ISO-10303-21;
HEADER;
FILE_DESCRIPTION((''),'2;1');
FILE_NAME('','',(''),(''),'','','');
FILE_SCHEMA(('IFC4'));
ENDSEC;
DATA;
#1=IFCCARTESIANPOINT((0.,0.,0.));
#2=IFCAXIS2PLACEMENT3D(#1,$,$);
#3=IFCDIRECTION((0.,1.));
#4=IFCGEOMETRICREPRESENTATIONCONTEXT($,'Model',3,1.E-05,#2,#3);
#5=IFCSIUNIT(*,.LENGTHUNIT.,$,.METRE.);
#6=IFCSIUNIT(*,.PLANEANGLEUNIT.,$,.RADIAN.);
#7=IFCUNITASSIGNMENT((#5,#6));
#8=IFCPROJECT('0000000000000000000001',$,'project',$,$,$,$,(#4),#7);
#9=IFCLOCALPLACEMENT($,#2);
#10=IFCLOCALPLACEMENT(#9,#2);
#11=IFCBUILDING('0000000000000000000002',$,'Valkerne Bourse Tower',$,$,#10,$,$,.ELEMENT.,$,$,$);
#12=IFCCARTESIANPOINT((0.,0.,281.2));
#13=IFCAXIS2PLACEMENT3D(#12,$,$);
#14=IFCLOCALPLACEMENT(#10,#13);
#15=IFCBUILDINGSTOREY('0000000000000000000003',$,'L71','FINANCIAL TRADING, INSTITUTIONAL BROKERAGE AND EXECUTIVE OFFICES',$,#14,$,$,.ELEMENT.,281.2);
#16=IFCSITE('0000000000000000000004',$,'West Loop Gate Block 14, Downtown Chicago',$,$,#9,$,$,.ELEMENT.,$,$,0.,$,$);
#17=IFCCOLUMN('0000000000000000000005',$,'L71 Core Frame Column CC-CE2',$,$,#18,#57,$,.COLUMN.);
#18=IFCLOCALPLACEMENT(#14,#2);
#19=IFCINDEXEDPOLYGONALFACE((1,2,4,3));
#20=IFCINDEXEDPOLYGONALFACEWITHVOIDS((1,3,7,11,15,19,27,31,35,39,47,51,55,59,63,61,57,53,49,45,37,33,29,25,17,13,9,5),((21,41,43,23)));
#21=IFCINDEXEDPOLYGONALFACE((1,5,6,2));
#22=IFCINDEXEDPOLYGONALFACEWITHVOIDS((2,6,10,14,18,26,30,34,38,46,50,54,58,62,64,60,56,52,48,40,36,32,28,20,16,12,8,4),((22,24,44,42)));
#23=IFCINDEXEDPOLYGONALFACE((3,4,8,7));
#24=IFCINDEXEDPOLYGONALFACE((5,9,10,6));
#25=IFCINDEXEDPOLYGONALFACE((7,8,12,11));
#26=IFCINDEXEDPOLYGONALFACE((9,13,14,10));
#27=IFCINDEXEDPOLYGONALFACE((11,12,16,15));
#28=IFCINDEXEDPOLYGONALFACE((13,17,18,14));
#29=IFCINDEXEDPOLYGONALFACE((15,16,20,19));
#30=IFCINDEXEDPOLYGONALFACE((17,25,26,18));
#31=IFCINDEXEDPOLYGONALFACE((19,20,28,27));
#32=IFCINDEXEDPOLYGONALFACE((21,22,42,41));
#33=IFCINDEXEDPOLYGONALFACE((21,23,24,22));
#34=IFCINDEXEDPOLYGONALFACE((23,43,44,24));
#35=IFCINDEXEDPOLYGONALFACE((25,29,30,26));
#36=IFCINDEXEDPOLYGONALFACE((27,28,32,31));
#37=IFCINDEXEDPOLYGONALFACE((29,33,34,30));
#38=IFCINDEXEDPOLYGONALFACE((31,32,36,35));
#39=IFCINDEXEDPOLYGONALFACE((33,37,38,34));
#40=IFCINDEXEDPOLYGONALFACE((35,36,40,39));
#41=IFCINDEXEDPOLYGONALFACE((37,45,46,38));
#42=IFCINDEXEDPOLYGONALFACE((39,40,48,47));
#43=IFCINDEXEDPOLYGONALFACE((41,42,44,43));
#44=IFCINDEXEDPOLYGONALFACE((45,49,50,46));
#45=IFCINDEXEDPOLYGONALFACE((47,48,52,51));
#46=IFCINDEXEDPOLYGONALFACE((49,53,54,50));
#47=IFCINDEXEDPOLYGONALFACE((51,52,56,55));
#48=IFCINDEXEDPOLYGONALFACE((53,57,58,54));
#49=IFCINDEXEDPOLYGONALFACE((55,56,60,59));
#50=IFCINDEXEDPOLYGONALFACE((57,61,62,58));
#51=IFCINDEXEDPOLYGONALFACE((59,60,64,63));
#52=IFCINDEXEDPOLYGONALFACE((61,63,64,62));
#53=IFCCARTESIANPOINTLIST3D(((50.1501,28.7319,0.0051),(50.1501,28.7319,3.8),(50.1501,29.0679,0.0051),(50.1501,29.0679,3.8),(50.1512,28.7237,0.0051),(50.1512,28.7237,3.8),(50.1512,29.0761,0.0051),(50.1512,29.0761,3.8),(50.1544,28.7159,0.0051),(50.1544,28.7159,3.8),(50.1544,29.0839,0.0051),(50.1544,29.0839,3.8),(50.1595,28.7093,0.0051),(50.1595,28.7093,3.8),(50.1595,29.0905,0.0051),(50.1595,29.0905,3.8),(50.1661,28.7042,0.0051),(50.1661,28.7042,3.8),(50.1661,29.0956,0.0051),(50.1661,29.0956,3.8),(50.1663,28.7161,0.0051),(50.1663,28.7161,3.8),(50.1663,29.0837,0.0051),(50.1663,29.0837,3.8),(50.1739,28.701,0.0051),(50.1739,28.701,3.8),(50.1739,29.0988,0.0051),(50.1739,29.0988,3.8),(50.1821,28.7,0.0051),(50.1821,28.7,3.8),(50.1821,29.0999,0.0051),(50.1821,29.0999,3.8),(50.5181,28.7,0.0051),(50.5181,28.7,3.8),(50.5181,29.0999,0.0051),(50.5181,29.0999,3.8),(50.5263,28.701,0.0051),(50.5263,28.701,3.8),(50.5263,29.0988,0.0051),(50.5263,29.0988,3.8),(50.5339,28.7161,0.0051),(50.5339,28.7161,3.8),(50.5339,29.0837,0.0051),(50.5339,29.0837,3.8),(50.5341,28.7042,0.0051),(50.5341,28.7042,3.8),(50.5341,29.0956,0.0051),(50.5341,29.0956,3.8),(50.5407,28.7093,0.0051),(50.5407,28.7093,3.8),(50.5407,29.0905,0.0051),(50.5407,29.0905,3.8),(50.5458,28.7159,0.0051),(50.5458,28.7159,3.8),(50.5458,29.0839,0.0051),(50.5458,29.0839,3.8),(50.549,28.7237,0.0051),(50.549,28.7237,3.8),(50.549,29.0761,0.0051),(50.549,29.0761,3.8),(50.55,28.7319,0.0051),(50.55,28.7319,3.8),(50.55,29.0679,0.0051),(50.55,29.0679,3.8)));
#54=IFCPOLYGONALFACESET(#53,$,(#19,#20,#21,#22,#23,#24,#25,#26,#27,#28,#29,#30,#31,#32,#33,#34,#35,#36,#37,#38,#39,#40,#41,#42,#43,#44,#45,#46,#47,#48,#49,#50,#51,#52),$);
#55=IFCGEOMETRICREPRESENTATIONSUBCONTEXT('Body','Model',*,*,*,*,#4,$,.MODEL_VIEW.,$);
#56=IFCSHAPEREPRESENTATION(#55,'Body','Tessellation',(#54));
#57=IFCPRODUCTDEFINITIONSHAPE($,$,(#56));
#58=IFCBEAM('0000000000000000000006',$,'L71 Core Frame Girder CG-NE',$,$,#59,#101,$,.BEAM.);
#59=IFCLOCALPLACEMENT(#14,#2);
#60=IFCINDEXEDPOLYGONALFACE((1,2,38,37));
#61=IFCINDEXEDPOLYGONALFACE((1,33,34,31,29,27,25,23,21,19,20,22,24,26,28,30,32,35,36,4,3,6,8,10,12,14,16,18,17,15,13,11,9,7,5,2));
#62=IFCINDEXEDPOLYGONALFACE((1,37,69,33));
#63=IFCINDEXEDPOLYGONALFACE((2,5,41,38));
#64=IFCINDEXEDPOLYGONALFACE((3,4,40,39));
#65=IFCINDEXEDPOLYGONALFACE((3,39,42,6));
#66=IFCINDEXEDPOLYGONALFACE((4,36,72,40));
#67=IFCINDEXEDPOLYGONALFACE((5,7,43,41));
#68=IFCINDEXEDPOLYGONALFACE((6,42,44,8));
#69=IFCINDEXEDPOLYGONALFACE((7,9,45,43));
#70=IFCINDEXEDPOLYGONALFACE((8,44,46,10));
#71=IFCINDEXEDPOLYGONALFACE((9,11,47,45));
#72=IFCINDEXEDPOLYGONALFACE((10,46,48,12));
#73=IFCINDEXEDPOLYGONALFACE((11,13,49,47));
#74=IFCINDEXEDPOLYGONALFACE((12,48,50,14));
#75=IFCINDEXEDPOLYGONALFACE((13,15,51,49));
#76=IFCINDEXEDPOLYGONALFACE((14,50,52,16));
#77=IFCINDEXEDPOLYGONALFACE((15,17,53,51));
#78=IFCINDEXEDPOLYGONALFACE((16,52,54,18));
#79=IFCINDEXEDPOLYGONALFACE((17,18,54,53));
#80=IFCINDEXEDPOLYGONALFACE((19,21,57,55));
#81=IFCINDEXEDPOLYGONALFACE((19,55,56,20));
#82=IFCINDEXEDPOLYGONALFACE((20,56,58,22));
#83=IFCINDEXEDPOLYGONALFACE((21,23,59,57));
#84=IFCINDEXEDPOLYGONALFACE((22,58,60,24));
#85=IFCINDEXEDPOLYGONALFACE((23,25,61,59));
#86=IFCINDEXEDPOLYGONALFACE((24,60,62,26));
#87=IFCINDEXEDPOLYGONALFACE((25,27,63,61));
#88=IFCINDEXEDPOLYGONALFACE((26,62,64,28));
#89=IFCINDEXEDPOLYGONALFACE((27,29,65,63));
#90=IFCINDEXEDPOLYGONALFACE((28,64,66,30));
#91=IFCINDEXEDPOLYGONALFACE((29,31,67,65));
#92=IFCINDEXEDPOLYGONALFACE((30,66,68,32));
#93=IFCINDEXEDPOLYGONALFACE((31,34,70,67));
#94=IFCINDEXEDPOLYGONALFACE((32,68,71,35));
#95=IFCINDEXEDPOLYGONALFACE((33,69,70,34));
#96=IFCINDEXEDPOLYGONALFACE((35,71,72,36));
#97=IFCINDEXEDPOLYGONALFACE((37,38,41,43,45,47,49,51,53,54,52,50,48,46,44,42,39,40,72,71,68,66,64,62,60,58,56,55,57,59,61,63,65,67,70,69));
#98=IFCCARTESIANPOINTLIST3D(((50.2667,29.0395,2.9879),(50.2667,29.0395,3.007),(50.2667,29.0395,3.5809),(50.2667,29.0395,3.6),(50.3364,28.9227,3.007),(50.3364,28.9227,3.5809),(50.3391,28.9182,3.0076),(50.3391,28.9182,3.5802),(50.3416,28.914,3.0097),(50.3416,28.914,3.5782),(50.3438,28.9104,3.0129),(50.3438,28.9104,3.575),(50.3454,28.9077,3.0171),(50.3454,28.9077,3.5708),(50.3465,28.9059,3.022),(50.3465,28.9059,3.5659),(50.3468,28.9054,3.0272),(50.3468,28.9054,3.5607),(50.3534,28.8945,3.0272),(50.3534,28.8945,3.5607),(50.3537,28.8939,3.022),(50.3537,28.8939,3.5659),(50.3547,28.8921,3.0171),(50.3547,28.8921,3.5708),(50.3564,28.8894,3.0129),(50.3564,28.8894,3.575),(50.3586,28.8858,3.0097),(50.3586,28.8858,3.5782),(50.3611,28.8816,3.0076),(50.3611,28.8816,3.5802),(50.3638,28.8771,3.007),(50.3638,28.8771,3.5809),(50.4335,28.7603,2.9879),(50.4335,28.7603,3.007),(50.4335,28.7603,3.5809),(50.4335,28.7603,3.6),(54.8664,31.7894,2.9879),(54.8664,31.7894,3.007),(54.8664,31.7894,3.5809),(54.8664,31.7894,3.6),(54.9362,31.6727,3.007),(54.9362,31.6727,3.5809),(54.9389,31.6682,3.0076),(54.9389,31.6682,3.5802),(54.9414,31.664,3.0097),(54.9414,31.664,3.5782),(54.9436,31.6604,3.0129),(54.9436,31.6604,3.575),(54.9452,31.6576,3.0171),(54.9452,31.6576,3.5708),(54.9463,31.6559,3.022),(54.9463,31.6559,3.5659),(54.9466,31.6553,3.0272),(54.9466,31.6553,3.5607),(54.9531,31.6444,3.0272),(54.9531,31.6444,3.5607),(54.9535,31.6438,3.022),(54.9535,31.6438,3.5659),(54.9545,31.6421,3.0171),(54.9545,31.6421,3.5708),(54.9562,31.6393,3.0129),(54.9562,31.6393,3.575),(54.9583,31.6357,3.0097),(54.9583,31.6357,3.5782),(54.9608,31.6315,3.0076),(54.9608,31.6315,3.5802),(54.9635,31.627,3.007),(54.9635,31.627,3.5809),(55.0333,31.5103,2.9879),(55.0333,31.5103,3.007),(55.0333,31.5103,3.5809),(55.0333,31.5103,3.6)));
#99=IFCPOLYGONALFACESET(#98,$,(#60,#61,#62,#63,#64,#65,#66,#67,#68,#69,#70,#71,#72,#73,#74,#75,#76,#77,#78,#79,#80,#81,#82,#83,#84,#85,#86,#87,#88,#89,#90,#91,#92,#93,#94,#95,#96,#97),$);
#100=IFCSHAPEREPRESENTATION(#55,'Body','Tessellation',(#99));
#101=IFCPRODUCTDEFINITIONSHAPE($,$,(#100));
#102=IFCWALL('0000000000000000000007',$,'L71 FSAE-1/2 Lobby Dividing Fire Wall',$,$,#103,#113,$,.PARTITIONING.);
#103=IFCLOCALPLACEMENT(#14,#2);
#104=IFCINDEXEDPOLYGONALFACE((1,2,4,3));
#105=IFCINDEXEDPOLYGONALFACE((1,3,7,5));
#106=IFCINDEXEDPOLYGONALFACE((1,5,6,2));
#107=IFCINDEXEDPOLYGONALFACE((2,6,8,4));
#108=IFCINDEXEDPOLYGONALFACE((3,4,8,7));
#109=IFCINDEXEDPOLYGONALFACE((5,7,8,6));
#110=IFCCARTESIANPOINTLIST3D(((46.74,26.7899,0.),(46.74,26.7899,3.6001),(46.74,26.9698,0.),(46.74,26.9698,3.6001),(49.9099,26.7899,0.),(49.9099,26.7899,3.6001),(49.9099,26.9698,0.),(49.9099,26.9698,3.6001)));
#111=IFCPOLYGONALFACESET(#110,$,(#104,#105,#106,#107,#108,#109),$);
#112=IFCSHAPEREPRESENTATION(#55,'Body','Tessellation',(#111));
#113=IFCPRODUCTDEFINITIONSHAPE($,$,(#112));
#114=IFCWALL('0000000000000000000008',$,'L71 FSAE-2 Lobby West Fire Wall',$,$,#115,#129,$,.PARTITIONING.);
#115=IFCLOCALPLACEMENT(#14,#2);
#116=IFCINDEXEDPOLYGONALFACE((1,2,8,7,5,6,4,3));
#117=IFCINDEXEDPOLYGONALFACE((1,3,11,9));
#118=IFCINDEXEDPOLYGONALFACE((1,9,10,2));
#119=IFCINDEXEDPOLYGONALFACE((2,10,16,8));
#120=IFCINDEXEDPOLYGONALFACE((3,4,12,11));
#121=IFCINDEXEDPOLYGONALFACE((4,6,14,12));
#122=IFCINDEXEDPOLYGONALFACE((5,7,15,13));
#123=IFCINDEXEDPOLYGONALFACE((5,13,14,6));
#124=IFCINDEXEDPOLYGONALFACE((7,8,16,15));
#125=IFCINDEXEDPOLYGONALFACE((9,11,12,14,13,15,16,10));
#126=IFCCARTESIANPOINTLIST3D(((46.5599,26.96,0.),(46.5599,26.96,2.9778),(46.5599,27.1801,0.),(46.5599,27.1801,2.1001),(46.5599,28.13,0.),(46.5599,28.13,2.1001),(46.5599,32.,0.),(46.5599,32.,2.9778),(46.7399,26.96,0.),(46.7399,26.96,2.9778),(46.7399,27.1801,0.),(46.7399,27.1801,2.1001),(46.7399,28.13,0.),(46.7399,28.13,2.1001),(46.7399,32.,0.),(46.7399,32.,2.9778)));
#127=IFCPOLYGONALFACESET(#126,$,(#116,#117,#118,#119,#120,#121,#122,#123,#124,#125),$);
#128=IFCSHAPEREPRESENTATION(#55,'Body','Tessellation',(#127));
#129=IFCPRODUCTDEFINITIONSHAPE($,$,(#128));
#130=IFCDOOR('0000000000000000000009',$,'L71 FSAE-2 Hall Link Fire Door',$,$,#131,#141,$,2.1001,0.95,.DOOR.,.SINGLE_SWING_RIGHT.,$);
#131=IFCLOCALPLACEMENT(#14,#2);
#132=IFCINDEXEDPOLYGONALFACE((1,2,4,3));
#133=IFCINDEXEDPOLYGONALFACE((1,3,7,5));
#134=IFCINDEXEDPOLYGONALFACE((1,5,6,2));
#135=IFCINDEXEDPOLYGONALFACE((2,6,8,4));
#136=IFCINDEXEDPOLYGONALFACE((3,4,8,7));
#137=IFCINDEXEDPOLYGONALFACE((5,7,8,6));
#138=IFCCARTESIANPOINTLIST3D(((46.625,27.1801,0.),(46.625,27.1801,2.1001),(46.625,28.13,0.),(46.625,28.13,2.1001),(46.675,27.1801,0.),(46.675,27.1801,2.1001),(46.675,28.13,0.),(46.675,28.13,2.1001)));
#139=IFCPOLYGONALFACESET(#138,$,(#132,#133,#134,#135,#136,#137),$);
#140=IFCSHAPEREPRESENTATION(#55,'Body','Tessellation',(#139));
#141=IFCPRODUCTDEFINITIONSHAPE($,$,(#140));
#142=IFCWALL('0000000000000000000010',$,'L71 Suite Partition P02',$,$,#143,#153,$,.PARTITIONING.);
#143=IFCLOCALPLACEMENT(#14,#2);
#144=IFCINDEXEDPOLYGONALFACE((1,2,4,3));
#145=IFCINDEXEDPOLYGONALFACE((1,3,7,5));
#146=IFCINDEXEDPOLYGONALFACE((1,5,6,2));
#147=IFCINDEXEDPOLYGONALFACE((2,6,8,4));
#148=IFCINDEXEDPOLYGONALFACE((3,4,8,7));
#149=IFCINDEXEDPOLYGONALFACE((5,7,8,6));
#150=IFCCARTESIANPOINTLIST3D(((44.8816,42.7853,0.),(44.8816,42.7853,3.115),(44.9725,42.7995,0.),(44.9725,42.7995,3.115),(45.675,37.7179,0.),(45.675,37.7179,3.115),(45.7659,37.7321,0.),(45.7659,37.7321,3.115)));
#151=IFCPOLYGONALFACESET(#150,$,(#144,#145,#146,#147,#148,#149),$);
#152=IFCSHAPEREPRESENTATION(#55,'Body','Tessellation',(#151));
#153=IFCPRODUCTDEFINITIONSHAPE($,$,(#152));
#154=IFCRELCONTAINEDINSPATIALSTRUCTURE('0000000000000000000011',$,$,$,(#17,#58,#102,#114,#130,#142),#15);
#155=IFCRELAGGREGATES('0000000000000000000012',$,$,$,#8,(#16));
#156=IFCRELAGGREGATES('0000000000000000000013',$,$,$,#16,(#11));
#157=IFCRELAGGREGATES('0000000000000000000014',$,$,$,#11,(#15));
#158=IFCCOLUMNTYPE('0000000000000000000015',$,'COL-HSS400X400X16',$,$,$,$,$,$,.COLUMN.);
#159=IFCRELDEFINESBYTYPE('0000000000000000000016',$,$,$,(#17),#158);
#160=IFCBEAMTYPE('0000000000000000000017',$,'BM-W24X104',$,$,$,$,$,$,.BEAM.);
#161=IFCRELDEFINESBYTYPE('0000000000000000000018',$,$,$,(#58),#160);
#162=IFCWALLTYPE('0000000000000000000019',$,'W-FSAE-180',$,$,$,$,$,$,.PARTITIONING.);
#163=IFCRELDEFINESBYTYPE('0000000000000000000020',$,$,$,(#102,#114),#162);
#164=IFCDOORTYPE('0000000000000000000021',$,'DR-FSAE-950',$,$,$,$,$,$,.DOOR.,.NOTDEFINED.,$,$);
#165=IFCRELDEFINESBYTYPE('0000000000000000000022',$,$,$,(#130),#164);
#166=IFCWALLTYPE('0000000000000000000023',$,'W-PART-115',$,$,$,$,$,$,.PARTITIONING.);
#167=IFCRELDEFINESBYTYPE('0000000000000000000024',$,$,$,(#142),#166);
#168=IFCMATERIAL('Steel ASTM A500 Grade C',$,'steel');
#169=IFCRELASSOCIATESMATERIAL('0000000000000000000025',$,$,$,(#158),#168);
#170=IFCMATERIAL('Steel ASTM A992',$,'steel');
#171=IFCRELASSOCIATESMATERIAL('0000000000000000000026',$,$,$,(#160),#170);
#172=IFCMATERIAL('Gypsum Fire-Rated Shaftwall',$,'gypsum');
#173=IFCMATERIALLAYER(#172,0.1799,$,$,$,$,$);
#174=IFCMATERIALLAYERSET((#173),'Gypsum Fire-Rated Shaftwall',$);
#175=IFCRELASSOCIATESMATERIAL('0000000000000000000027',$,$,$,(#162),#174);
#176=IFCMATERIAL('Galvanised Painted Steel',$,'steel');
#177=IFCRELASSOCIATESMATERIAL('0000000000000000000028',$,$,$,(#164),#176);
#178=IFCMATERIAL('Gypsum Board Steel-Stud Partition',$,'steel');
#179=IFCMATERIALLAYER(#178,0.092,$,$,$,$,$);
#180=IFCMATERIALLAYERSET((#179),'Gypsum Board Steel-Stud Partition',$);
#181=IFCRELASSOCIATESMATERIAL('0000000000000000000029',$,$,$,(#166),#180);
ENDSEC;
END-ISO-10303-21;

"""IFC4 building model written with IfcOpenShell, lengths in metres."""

from ifc_helpers import new_model, si_unit, direction, frame, frame_2d, origin, origin_2d, place, context, subcontext, project, spatial, rectangle, hollow_rectangle, i_section, extrude, material, layer, layer_set, material_profile, profile_set, type_object, element, fill, save


model = new_model("IFC4")

# Units and contexts
model_context = context("Model", 3, precision=1e-05, world=origin(), true_north=direction((0.0, 1.0)))
body_context = subcontext(model_context, "Body", "Model", "MODEL_VIEW")
ifc_project = project(units=[si_unit("LENGTHUNIT", "METRE"), si_unit("PLANEANGLEUNIT", "RADIAN")], contexts=[model_context])

# Site, building, storey
site_placement = place(None, origin())
site = spatial("IfcSite", under=ifc_project, at=site_placement, Name="West Loop Gate Block 14, Downtown Chicago", CompositionType="ELEMENT", RefElevation=0.0)
building_placement = place(site_placement, origin())
building = spatial("IfcBuilding", under=site, at=building_placement, Name="Valkerne Bourse Tower", CompositionType="ELEMENT")
storey_placement = place(building_placement, frame((0.0, 0.0, 281.2)))
storey = spatial("IfcBuildingStorey", under=building, at=storey_placement, Name="L71", Description="FINANCIAL TRADING, INSTITUTIONAL BROKERAGE AND EXECUTIVE OFFICES", CompositionType="ELEMENT", Elevation=281.2)

# Column
ifc_material_1 = material(Name="Steel ASTM A500 Grade C", Category="steel")
ifc_material_profile_1 = material_profile(ifc_material_1, hollow_rectangle(XDim=0.3999, YDim=0.3999, WallThickness=0.0161, OuterFilletRadius=0.032, at=origin_2d()), Name="HSS400X400X16")
ifc_profile_set_1 = profile_set([ifc_material_profile_1], Name="Steel ASTM A500 Grade C")
column_type = type_object("IfcColumnType", Name="COL-HSS400X400X16", PredefinedType="COLUMN", material=ifc_profile_set_1)
column_placement = place(storey_placement, frame((50.3501, 28.8999, 0.0051), z_axis=(0.0, 0.0, 1.0), x_axis=(1.0, 0.0, 0.0)))
element("IfcColumn", 1, at=column_placement, inside=storey, type_object=column_type, Name="L71 Core Frame Column CC-CE2", PredefinedType="COLUMN", context=body_context, shape_type="SweptSolid", body=[
    extrude(hollow_rectangle(XDim=0.3999, YDim=0.3999, WallThickness=0.0161, OuterFilletRadius=0.032, at=origin_2d()), origin(), (0.0, 0.0, 1.0), 3.7949),
])

# Beam
ifc_material_2 = material(Name="Steel ASTM A992", Category="steel")
ifc_material_profile_2 = material_profile(ifc_material_2, i_section(OverallWidth=0.3252, OverallDepth=0.6121, WebThickness=0.0127, FlangeThickness=0.019, FilletRadius=0.0203, at=origin_2d()), Name="W24X104")
ifc_profile_set_2 = profile_set([ifc_material_profile_2], Name="Steel ASTM A992")
beam_type = type_object("IfcBeamType", Name="BM-W24X104", PredefinedType="BEAM", material=ifc_profile_set_2)
beam_placement = place(storey_placement, frame((50.3501, 28.8999, 3.2939), z_axis=(0.858308, 0.513135, 0.0), x_axis=(-0.513135, 0.858308, 0.0)))
element("IfcBeam", 2, at=beam_placement, inside=storey, type_object=beam_type, Name="L71 Core Frame Girder CG-NE", PredefinedType="BEAM", context=body_context, shape_type="SweptSolid", body=[
    extrude(i_section(OverallWidth=0.3252, OverallDepth=0.6121, WebThickness=0.0127, FlangeThickness=0.019, FilletRadius=0.0203, at=origin_2d()), origin(), (0.0, 0.0, 1.0), 5.3591),
])

# Wall
ifc_material_3 = material(Name="Gypsum Fire-Rated Shaftwall", Category="gypsum")
ifc_layer_1 = layer(ifc_material_3, 0.1799)
ifc_layer_set_1 = layer_set([ifc_layer_1], Name="Gypsum Fire-Rated Shaftwall")
wall_type_1 = type_object("IfcWallType", Name="W-FSAE-180", PredefinedType="PARTITIONING", material=ifc_layer_set_1)
wall_1_placement = place(storey_placement, frame((46.74, 26.8799, 0.0), z_axis=(0.0, 0.0, 1.0), x_axis=(1.0, 0.0, 0.0)))
element("IfcWall", 3, at=wall_1_placement, inside=storey, type_object=wall_type_1, Name="L71 FSAE-1/2 Lobby Dividing Fire Wall", PredefinedType="PARTITIONING", context=body_context, shape_type="SweptSolid", body=[
    extrude(rectangle(XDim=3.1699, YDim=0.1799, at=frame_2d((1.585, 0.0))), origin(), (0.0, 0.0, 1.0), 3.6001),
])

# Wall, opening, door
wall_2_placement = place(storey_placement, frame((46.6499, 26.96, 0.0), z_axis=(0.0, 0.0, 1.0), x_axis=(0.0, 1.0, 0.0)))
wall_2 = element("IfcWall", 4, at=wall_2_placement, inside=storey, type_object=wall_type_1, Name="L71 FSAE-2 Lobby West Fire Wall", PredefinedType="PARTITIONING", context=body_context, shape_type="SweptSolid", body=[
    extrude(rectangle(XDim=5.04, YDim=0.1799, at=frame_2d((2.52, 0.0))), origin(), (0.0, 0.0, 1.0), 2.9778),
])
opening_1_placement = place(wall_2_placement, frame((0.22, 0.0, 0.0)))
opening_1 = element("IfcOpeningElement", 5, at=opening_1_placement, cuts=wall_2, PredefinedType="OPENING", context=body_context, shape_type="SweptSolid", body=[
    extrude(rectangle(XDim=0.95, YDim=2.1001, at=frame_2d((0.4751, 1.05))), frame((0.0, 0.0999, 0.0), z_axis=(0.0, -1.0, 0.0), x_axis=(1.0, 0.0, 0.0)), (0.0, 0.0, 1.0), 0.2),
])
ifc_material_4 = material(Name="Galvanised Painted Steel", Category="steel")
door_type_1 = type_object("IfcDoorType", Name="DR-FSAE-950", OperationType="NOTDEFINED", PredefinedType="DOOR", material=ifc_material_4)
door_1_placement = place(opening_1_placement, origin())
door_1 = element("IfcDoor", 6, at=door_1_placement, inside=storey, type_object=door_type_1, Name="L71 FSAE-2 Hall Link Fire Door", OperationType="SINGLE_SWING_RIGHT", OverallHeight=2.1001, OverallWidth=0.95, PredefinedType="DOOR", context=body_context, shape_type="SweptSolid", body=[
    extrude(rectangle(XDim=0.95, YDim=2.1001, at=frame_2d((0.4751, 1.05))), frame((0.0, 0.0249, 0.0), z_axis=(0.0, -1.0, 0.0), x_axis=(1.0, 0.0, 0.0)), (0.0, 0.0, 1.0), 0.05),
])
fill(opening_1, door_1)

# Wall
ifc_material_5 = material(Name="Gypsum Board Steel-Stud Partition", Category="steel")
ifc_layer_2 = layer(ifc_material_5, 0.092)
ifc_layer_set_2 = layer_set([ifc_layer_2], Name="Gypsum Board Steel-Stud Partition")
wall_type_2 = type_object("IfcWallType", Name="W-PART-115", PredefinedType="PARTITIONING", material=ifc_layer_set_2)
wall_3_placement = place(storey_placement, frame((45.7205, 37.7251, 0.0), z_axis=(0.0, 0.0, 1.0), x_axis=(-0.154696, 0.987962, 0.0)))
element("IfcWall", 7, at=wall_3_placement, inside=storey, type_object=wall_type_2, Name="L71 Suite Partition P02", PredefinedType="PARTITIONING", context=body_context, shape_type="SweptSolid", body=[
    extrude(rectangle(XDim=5.1292, YDim=0.092, at=frame_2d((2.5645, 0.0))), origin(), (0.0, 0.0, 1.0), 3.115),
])

save(model, "model.ifc")
